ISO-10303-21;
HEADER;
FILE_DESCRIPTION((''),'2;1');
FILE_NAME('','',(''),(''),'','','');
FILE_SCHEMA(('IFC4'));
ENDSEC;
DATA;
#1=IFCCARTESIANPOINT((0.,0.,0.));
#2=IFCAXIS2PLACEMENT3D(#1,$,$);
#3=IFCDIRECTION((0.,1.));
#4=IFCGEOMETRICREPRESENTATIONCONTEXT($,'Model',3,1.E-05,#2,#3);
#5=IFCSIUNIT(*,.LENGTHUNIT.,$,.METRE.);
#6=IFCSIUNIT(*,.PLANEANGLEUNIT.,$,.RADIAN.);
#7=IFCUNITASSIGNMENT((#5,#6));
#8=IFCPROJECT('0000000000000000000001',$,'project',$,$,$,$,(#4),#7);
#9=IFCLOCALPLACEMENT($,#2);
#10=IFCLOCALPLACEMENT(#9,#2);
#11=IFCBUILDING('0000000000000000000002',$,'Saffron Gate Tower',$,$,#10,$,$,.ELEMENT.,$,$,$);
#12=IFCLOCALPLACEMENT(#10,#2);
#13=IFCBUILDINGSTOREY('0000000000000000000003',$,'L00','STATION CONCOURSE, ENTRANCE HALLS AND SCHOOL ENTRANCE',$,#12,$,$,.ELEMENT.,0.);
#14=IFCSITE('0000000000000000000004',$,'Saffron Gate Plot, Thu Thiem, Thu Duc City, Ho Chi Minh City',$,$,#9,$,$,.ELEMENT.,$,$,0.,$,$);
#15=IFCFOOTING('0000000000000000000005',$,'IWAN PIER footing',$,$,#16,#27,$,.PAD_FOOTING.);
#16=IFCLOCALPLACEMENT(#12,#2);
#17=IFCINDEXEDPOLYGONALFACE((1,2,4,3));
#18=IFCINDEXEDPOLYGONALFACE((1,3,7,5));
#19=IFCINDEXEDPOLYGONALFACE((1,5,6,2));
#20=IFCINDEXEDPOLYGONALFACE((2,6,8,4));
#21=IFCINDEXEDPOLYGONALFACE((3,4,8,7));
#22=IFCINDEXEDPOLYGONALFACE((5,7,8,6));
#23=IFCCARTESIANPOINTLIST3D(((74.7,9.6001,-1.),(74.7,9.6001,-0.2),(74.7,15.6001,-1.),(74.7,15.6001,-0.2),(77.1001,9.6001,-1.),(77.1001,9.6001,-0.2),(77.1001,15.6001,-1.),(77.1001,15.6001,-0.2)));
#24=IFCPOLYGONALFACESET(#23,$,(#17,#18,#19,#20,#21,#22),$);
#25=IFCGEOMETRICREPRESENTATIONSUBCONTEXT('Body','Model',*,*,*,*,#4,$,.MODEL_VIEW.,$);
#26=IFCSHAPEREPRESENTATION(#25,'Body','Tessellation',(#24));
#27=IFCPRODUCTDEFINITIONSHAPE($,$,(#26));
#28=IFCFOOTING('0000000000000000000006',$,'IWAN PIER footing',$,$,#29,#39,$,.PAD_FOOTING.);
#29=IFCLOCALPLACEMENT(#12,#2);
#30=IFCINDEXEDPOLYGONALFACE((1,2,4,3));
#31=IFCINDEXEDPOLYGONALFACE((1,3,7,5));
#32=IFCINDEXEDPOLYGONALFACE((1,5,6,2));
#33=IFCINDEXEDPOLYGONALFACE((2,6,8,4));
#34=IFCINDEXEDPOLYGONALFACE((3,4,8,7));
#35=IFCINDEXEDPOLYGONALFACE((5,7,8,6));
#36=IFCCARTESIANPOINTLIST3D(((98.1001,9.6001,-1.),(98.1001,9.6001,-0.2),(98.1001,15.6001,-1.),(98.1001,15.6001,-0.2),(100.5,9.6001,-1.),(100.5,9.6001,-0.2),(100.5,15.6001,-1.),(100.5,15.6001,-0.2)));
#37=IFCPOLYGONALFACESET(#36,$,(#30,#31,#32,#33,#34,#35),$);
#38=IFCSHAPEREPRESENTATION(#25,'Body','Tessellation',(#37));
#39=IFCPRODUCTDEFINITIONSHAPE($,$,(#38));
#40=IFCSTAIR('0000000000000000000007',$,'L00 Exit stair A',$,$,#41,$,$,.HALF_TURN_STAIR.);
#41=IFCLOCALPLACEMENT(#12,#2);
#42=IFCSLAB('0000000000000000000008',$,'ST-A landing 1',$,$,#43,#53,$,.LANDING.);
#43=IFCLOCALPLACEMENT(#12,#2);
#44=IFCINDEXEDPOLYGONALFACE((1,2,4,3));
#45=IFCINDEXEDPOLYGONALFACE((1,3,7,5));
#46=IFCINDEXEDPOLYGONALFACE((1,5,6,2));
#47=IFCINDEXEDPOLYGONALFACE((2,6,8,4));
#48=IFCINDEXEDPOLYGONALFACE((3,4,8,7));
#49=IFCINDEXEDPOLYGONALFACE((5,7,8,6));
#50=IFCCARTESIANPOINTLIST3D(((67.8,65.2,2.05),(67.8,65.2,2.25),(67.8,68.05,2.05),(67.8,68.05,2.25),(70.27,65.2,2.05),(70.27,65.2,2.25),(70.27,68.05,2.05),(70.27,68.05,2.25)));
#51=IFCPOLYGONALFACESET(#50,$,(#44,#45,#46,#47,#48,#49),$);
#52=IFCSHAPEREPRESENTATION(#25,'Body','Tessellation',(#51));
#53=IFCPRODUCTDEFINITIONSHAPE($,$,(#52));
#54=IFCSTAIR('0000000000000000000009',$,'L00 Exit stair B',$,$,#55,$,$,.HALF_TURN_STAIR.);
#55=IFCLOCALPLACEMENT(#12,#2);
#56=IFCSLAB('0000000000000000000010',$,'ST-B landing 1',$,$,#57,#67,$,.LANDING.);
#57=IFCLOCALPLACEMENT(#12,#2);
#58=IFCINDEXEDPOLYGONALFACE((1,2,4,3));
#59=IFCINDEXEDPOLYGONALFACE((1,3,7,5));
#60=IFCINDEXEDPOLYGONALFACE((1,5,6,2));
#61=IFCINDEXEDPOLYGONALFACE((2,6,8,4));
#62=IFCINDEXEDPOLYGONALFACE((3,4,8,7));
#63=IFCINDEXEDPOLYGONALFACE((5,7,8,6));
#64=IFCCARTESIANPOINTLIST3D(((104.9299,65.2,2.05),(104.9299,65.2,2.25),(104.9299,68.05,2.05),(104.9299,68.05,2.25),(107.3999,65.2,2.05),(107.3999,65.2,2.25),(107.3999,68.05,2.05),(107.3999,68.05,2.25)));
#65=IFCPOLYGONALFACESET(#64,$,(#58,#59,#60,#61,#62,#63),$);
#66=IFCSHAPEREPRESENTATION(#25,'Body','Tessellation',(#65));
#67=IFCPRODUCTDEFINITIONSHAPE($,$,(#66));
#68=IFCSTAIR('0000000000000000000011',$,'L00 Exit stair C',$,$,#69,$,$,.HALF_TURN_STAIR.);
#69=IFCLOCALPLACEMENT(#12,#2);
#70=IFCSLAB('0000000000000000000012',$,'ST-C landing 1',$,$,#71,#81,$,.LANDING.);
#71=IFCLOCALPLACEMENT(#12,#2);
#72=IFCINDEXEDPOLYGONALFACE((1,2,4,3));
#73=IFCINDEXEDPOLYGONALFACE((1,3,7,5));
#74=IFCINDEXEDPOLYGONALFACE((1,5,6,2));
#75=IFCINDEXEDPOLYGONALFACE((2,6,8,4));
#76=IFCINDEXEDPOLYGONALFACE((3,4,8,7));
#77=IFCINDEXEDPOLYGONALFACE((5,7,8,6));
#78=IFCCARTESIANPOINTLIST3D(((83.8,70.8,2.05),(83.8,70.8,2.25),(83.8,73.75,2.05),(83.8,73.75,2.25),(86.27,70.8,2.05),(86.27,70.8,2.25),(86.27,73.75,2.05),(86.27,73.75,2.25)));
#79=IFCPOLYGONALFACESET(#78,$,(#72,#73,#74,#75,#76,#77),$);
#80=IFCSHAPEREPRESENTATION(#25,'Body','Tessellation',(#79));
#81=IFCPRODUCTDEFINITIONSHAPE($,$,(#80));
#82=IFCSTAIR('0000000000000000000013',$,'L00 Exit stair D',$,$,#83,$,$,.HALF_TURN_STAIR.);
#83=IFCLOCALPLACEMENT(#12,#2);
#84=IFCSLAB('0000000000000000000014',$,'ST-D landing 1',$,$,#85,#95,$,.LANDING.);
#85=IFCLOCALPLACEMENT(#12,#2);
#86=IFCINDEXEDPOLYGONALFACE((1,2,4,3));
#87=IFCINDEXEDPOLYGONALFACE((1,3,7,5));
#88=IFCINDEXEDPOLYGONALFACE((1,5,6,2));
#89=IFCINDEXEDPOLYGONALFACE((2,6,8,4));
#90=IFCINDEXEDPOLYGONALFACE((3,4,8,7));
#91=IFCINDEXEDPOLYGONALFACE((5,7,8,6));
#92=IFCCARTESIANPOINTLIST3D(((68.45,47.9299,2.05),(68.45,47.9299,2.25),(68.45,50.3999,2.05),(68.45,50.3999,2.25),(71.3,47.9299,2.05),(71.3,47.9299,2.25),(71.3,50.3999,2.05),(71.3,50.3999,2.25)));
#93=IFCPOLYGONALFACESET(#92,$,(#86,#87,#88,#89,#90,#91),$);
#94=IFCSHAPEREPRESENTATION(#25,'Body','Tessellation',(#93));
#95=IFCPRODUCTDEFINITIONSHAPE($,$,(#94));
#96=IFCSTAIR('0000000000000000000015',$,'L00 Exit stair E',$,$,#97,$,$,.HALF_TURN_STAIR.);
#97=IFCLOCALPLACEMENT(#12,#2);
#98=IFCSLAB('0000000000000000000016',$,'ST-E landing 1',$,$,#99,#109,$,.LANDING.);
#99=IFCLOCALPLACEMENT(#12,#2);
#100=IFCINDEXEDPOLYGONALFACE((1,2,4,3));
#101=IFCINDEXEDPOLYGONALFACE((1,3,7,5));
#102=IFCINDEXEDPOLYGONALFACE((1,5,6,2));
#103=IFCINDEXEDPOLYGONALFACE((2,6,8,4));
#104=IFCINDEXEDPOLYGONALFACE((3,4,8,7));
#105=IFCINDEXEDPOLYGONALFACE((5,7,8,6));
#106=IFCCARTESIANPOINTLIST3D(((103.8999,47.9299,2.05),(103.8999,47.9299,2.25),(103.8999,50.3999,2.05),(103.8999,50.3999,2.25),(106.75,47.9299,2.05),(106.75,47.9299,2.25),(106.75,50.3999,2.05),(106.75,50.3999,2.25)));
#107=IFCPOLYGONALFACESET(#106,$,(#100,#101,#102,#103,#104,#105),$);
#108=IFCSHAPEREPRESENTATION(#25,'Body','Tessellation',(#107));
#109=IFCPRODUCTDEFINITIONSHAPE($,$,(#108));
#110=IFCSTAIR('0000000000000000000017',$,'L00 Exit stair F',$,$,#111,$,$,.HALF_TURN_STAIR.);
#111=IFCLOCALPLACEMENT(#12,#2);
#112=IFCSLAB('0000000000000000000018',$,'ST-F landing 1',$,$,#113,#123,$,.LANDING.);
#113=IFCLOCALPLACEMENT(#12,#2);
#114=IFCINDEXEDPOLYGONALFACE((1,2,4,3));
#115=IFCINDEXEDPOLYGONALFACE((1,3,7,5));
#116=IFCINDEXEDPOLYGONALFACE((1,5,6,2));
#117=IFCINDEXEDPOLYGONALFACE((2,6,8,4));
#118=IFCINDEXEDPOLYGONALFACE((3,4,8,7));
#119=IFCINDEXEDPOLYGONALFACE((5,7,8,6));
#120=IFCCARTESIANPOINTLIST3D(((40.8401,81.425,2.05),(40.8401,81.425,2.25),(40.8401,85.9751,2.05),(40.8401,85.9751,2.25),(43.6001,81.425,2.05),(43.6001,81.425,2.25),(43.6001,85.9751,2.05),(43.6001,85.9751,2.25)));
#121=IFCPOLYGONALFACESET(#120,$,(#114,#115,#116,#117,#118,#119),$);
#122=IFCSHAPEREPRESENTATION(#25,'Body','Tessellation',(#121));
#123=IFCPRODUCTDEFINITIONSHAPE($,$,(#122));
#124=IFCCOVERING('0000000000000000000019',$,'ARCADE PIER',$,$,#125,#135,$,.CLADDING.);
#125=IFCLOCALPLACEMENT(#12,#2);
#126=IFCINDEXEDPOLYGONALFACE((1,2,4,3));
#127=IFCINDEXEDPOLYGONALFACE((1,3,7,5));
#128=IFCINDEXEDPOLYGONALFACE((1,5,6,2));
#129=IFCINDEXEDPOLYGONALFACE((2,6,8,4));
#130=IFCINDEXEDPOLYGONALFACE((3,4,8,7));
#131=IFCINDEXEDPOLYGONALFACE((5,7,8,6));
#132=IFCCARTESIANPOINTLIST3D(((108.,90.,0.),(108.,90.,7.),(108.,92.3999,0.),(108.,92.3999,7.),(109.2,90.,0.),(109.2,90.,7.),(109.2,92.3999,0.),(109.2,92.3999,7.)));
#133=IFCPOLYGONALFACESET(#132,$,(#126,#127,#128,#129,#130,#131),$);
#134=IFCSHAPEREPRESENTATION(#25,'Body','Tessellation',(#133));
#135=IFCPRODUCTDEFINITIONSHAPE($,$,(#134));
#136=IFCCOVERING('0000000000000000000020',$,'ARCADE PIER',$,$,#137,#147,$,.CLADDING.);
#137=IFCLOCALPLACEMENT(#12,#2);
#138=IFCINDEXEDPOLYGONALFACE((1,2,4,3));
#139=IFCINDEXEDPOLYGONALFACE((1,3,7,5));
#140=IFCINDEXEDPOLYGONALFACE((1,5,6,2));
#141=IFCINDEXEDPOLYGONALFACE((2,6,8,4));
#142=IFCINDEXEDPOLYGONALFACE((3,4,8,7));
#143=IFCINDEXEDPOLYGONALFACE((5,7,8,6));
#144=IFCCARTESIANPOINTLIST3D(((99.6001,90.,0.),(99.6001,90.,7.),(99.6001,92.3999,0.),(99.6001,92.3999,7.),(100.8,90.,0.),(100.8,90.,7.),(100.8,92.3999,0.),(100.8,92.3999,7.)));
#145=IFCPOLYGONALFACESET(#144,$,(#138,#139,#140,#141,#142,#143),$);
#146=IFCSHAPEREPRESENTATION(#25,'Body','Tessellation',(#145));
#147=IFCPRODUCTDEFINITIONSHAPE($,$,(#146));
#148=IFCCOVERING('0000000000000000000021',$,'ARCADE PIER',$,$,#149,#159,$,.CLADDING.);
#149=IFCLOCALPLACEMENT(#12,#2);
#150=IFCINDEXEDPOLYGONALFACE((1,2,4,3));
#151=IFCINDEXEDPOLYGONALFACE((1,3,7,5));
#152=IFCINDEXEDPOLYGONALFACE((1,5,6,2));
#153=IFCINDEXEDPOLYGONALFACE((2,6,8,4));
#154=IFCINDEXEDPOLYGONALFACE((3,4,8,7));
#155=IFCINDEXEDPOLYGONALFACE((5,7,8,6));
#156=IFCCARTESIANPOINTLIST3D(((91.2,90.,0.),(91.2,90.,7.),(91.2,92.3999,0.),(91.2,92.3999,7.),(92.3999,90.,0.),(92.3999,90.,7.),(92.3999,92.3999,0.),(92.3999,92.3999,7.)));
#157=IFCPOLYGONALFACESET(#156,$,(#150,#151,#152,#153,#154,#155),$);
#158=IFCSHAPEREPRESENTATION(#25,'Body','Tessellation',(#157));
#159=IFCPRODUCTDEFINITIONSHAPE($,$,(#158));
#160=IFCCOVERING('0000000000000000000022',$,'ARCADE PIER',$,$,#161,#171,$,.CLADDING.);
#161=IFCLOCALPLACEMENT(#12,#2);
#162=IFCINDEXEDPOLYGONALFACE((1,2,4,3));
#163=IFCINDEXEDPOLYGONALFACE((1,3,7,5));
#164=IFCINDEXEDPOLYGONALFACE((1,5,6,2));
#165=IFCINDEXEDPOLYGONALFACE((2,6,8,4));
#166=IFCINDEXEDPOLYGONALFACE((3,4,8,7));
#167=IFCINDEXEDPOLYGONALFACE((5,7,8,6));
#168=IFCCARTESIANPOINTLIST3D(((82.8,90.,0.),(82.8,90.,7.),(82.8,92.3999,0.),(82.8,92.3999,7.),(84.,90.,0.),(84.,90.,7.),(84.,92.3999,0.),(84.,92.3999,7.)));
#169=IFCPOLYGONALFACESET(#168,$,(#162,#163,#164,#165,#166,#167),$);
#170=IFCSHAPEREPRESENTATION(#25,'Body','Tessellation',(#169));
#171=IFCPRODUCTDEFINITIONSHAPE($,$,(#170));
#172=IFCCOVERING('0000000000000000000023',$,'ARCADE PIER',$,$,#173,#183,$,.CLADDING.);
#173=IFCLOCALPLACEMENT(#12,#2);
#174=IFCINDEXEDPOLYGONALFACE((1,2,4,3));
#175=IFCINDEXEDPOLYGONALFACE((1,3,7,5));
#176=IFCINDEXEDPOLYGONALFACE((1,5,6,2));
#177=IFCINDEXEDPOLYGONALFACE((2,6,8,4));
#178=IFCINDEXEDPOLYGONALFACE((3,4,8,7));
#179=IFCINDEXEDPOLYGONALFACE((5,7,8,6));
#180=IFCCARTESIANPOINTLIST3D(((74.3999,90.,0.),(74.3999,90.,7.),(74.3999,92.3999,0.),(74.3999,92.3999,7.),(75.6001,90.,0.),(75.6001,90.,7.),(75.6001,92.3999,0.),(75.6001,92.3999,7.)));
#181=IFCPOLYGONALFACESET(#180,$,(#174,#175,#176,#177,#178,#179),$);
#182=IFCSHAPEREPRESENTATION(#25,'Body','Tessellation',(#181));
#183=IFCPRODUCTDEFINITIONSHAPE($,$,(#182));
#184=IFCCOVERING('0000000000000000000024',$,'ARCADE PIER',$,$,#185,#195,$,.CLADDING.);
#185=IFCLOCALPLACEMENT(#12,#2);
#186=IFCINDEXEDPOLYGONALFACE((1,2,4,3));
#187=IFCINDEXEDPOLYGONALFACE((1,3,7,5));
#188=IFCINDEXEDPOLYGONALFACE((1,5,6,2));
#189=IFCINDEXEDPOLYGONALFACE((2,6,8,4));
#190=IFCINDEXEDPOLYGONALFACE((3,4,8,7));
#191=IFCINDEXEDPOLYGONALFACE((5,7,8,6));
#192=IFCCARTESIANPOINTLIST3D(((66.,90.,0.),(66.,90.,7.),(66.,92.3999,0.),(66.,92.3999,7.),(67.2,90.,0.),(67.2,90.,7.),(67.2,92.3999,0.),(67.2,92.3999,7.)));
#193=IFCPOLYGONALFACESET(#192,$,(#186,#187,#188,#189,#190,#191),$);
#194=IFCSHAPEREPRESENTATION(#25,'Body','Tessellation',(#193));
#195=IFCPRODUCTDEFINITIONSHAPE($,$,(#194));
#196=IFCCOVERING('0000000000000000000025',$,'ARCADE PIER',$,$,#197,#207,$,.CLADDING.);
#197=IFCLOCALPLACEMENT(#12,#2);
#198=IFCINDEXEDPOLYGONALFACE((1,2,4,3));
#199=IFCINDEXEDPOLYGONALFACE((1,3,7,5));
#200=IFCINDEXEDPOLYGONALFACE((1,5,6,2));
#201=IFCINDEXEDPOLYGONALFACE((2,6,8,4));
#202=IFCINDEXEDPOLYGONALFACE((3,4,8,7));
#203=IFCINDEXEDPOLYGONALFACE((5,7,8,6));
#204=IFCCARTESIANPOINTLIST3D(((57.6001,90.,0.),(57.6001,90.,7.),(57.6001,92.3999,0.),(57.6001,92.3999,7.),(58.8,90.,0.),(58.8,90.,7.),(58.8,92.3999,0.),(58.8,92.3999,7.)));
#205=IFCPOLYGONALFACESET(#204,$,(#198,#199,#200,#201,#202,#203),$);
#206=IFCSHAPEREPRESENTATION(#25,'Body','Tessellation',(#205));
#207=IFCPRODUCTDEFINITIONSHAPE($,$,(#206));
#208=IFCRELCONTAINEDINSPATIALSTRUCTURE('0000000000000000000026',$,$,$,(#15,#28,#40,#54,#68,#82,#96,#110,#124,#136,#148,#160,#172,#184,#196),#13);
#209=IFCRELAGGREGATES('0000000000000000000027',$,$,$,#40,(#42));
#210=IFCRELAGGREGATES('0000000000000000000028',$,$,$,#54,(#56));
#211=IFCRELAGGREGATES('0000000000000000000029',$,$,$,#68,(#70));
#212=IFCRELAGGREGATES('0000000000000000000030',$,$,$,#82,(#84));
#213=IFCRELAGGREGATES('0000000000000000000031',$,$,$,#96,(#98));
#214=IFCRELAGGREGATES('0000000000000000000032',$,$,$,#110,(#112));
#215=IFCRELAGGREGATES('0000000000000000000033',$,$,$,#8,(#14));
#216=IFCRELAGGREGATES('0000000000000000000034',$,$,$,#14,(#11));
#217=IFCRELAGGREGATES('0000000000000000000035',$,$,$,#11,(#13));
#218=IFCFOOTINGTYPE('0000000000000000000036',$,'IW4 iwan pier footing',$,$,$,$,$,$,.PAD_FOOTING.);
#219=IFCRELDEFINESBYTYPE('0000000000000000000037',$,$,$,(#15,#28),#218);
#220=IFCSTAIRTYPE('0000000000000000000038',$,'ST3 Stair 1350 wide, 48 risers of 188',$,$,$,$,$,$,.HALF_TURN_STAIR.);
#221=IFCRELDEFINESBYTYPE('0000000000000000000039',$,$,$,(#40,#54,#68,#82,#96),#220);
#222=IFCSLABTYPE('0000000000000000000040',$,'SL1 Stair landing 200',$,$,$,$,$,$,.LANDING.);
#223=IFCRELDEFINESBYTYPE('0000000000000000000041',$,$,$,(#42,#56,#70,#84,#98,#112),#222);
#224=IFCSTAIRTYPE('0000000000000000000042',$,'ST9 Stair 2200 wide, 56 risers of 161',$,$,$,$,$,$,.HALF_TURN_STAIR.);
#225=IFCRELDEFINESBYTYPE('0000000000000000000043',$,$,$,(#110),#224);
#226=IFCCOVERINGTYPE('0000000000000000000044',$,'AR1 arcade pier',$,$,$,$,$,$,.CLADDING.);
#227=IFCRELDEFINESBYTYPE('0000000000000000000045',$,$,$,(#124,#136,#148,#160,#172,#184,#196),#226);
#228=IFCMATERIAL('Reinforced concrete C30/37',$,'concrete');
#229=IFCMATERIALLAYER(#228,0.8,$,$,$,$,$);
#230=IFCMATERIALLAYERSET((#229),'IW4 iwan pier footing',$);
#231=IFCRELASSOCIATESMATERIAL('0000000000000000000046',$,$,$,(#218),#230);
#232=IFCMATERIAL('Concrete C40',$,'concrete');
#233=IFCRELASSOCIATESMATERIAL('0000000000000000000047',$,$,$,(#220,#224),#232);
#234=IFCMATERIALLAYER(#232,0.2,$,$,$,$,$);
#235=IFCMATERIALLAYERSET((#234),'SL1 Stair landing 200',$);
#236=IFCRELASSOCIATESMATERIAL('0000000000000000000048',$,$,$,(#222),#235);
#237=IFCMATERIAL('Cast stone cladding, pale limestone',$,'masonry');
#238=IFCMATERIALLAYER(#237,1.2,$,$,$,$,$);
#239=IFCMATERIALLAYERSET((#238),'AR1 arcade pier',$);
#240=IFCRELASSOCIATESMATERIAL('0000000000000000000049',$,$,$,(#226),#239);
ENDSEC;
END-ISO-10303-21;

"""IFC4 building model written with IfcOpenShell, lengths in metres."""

from ifc_helpers import new_model, si_unit, direction, frame, origin, place, context, subcontext, project, spatial, polyline, outline, extrude, material, layer, layer_set, type_object, element, aggregate, save


model = new_model("IFC4")

# Units and contexts
model_context = context("Model", 3, precision=1e-05, world=origin(), true_north=direction((0.0, 1.0)))
body_context = subcontext(model_context, "Body", "Model", "MODEL_VIEW")
ifc_project = project(units=[si_unit("LENGTHUNIT", "METRE"), si_unit("PLANEANGLEUNIT", "RADIAN")], contexts=[model_context])

# Site, building, storey
site_placement = place(None, origin())
site = spatial("IfcSite", under=ifc_project, at=site_placement, Name="Saffron Gate Plot, Thu Thiem, Thu Duc City, Ho Chi Minh City", CompositionType="ELEMENT", RefElevation=0.0)
building_placement = place(site_placement, origin())
building = spatial("IfcBuilding", under=site, at=building_placement, Name="Saffron Gate Tower", CompositionType="ELEMENT")
storey_placement = place(building_placement, origin())
storey = spatial("IfcBuildingStorey", under=building, at=storey_placement, Name="L00", Description="STATION CONCOURSE, ENTRANCE HALLS AND SCHOOL ENTRANCE", CompositionType="ELEMENT", Elevation=0.0)

# Footings
ifc_material_1 = material(Name="Reinforced concrete C30/37", Category="concrete")
ifc_layer_1 = layer(ifc_material_1, 0.8)
ifc_layer_set_1 = layer_set([ifc_layer_1], Name="IW4 iwan pier footing")
footing_type = type_object("IfcFootingType", Name="IW4 iwan pier footing", PredefinedType="PAD_FOOTING", material=ifc_layer_set_1)
footing_1_placement = place(storey_placement, frame((0.0, 0.0, -1.0)))
element("IfcFooting", 1, at=footing_1_placement, inside=storey, type_object=footing_type, Name="IWAN PIER footing", PredefinedType="PAD_FOOTING", context=body_context, shape_type="SweptSolid", body=[
    extrude(outline(polyline([(74.7, 15.6001), (77.1001, 15.6001), (77.1001, 9.6001), (74.7, 9.6001), (74.7, 15.6001)])), origin(), (0.0, 0.0, 1.0), 0.8),
])
footing_2_placement = place(storey_placement, frame((0.0, 0.0, -1.0)))
element("IfcFooting", 2, at=footing_2_placement, inside=storey, type_object=footing_type, Name="IWAN PIER footing", PredefinedType="PAD_FOOTING", context=body_context, shape_type="SweptSolid", body=[
    extrude(outline(polyline([(98.1001, 15.6001), (100.5, 15.6001), (100.5, 9.6001), (98.1001, 9.6001), (98.1001, 15.6001)])), origin(), (0.0, 0.0, 1.0), 0.8),
])

# Stairs, slabs
ifc_material_2 = material(Name="Concrete C40", Category="concrete")
stair_type_1 = type_object("IfcStairType", Name="ST3 Stair 1350 wide, 48 risers of 188", PredefinedType="HALF_TURN_STAIR", material=ifc_material_2)
stair_1_placement = place(storey_placement, origin())
stair_1 = element("IfcStair", 3, at=stair_1_placement, inside=storey, type_object=stair_type_1, Name="L00 Exit stair A", PredefinedType="HALF_TURN_STAIR")
ifc_layer_2 = layer(ifc_material_2, 0.2)
ifc_layer_set_2 = layer_set([ifc_layer_2], Name="SL1 Stair landing 200")
slab_type = type_object("IfcSlabType", Name="SL1 Stair landing 200", PredefinedType="LANDING", material=ifc_layer_set_2)
slab_1_placement = place(storey_placement, frame((0.0, 0.0, 2.05)))
slab_1 = element("IfcSlab", 4, at=slab_1_placement, type_object=slab_type, Name="ST-A landing 1", PredefinedType="LANDING", context=body_context, shape_type="SweptSolid", body=[
    extrude(outline(polyline([(70.27, 68.05), (67.8, 68.05), (67.8, 65.2), (70.27, 65.2), (70.27, 68.05)])), origin(), (0.0, 0.0, 1.0), 0.2),
])
aggregate(stair_1, [slab_1])
stair_2_placement = place(storey_placement, origin())
stair_2 = element("IfcStair", 5, at=stair_2_placement, inside=storey, type_object=stair_type_1, Name="L00 Exit stair B", PredefinedType="HALF_TURN_STAIR")
slab_2_placement = place(storey_placement, frame((0.0, 0.0, 2.05)))
slab_2 = element("IfcSlab", 6, at=slab_2_placement, type_object=slab_type, Name="ST-B landing 1", PredefinedType="LANDING", context=body_context, shape_type="SweptSolid", body=[
    extrude(outline(polyline([(104.9299, 65.2), (107.3999, 65.2), (107.3999, 68.05), (104.9299, 68.05), (104.9299, 65.2)])), origin(), (0.0, 0.0, 1.0), 0.2),
])
aggregate(stair_2, [slab_2])
stair_3_placement = place(storey_placement, origin())
stair_3 = element("IfcStair", 7, at=stair_3_placement, inside=storey, type_object=stair_type_1, Name="L00 Exit stair C", PredefinedType="HALF_TURN_STAIR")
slab_3_placement = place(storey_placement, frame((0.0, 0.0, 2.05)))
slab_3 = element("IfcSlab", 8, at=slab_3_placement, type_object=slab_type, Name="ST-C landing 1", PredefinedType="LANDING", context=body_context, shape_type="SweptSolid", body=[
    extrude(outline(polyline([(86.27, 73.75), (83.8, 73.75), (83.8, 70.8), (86.27, 70.8), (86.27, 73.75)])), origin(), (0.0, 0.0, 1.0), 0.2),
])
aggregate(stair_3, [slab_3])
stair_4_placement = place(storey_placement, origin())
stair_4 = element("IfcStair", 9, at=stair_4_placement, inside=storey, type_object=stair_type_1, Name="L00 Exit stair D", PredefinedType="HALF_TURN_STAIR")
slab_4_placement = place(storey_placement, frame((0.0, 0.0, 2.05)))
slab_4 = element("IfcSlab", 10, at=slab_4_placement, type_object=slab_type, Name="ST-D landing 1", PredefinedType="LANDING", context=body_context, shape_type="SweptSolid", body=[
    extrude(outline(polyline([(71.3, 47.9299), (71.3, 50.3999), (68.45, 50.3999), (68.45, 47.9299), (71.3, 47.9299)])), origin(), (0.0, 0.0, 1.0), 0.2),
])
aggregate(stair_4, [slab_4])
stair_5_placement = place(storey_placement, origin())
stair_5 = element("IfcStair", 11, at=stair_5_placement, inside=storey, type_object=stair_type_1, Name="L00 Exit stair E", PredefinedType="HALF_TURN_STAIR")
slab_5_placement = place(storey_placement, frame((0.0, 0.0, 2.05)))
slab_5 = element("IfcSlab", 12, at=slab_5_placement, type_object=slab_type, Name="ST-E landing 1", PredefinedType="LANDING", context=body_context, shape_type="SweptSolid", body=[
    extrude(outline(polyline([(106.75, 47.9299), (106.75, 50.3999), (103.8999, 50.3999), (103.8999, 47.9299), (106.75, 47.9299)])), origin(), (0.0, 0.0, 1.0), 0.2),
])
aggregate(stair_5, [slab_5])
stair_type_2 = type_object("IfcStairType", Name="ST9 Stair 2200 wide, 56 risers of 161", PredefinedType="HALF_TURN_STAIR", material=ifc_material_2)
stair_6_placement = place(storey_placement, origin())
stair_6 = element("IfcStair", 13, at=stair_6_placement, inside=storey, type_object=stair_type_2, Name="L00 Exit stair F", PredefinedType="HALF_TURN_STAIR")
slab_6_placement = place(storey_placement, frame((0.0, 0.0, 2.05)))
slab_6 = element("IfcSlab", 14, at=slab_6_placement, type_object=slab_type, Name="ST-F landing 1", PredefinedType="LANDING", context=body_context, shape_type="SweptSolid", body=[
    extrude(outline(polyline([(40.8401, 81.425), (43.6001, 81.425), (43.6001, 85.9751), (40.8401, 85.9751), (40.8401, 81.425)])), origin(), (0.0, 0.0, 1.0), 0.2),
])
aggregate(stair_6, [slab_6])

# Coverings
ifc_material_3 = material(Name="Cast stone cladding, pale limestone", Category="masonry")
ifc_layer_3 = layer(ifc_material_3, 1.2)
ifc_layer_set_3 = layer_set([ifc_layer_3], Name="AR1 arcade pier")
covering_type = type_object("IfcCoveringType", Name="AR1 arcade pier", PredefinedType="CLADDING", material=ifc_layer_set_3)
covering_1_placement = place(storey_placement, origin())
element("IfcCovering", 15, at=covering_1_placement, inside=storey, type_object=covering_type, Name="ARCADE PIER", PredefinedType="CLADDING", context=body_context, shape_type="SweptSolid", body=[
    extrude(outline(polyline([(109.2, 90.0), (108.0, 90.0), (108.0, 92.3999), (109.2, 92.3999), (109.2, 90.0)])), origin(), (0.0, 0.0, 1.0), 7.0),
])
covering_2_placement = place(storey_placement, origin())
element("IfcCovering", 16, at=covering_2_placement, inside=storey, type_object=covering_type, Name="ARCADE PIER", PredefinedType="CLADDING", context=body_context, shape_type="SweptSolid", body=[
    extrude(outline(polyline([(100.8, 90.0), (99.6001, 90.0), (99.6001, 92.3999), (100.8, 92.3999), (100.8, 90.0)])), origin(), (0.0, 0.0, 1.0), 7.0),
])
covering_3_placement = place(storey_placement, origin())
element("IfcCovering", 17, at=covering_3_placement, inside=storey, type_object=covering_type, Name="ARCADE PIER", PredefinedType="CLADDING", context=body_context, shape_type="SweptSolid", body=[
    extrude(outline(polyline([(92.3999, 90.0), (91.2, 90.0), (91.2, 92.3999), (92.3999, 92.3999), (92.3999, 90.0)])), origin(), (0.0, 0.0, 1.0), 7.0),
])
covering_4_placement = place(storey_placement, origin())
element("IfcCovering", 18, at=covering_4_placement, inside=storey, type_object=covering_type, Name="ARCADE PIER", PredefinedType="CLADDING", context=body_context, shape_type="SweptSolid", body=[
    extrude(outline(polyline([(84.0, 90.0), (82.8, 90.0), (82.8, 92.3999), (84.0, 92.3999), (84.0, 90.0)])), origin(), (0.0, 0.0, 1.0), 7.0),
])
covering_5_placement = place(storey_placement, origin())
element("IfcCovering", 19, at=covering_5_placement, inside=storey, type_object=covering_type, Name="ARCADE PIER", PredefinedType="CLADDING", context=body_context, shape_type="SweptSolid", body=[
    extrude(outline(polyline([(75.6001, 90.0), (74.3999, 90.0), (74.3999, 92.3999), (75.6001, 92.3999), (75.6001, 90.0)])), origin(), (0.0, 0.0, 1.0), 7.0),
])
covering_6_placement = place(storey_placement, origin())
element("IfcCovering", 20, at=covering_6_placement, inside=storey, type_object=covering_type, Name="ARCADE PIER", PredefinedType="CLADDING", context=body_context, shape_type="SweptSolid", body=[
    extrude(outline(polyline([(67.2, 90.0), (66.0, 90.0), (66.0, 92.3999), (67.2, 92.3999), (67.2, 90.0)])), origin(), (0.0, 0.0, 1.0), 7.0),
])
covering_7_placement = place(storey_placement, origin())
element("IfcCovering", 21, at=covering_7_placement, inside=storey, type_object=covering_type, Name="ARCADE PIER", PredefinedType="CLADDING", context=body_context, shape_type="SweptSolid", body=[
    extrude(outline(polyline([(58.8, 90.0), (57.6001, 90.0), (57.6001, 92.3999), (58.8, 92.3999), (58.8, 90.0)])), origin(), (0.0, 0.0, 1.0), 7.0),
])

save(model, "model.ifc")
